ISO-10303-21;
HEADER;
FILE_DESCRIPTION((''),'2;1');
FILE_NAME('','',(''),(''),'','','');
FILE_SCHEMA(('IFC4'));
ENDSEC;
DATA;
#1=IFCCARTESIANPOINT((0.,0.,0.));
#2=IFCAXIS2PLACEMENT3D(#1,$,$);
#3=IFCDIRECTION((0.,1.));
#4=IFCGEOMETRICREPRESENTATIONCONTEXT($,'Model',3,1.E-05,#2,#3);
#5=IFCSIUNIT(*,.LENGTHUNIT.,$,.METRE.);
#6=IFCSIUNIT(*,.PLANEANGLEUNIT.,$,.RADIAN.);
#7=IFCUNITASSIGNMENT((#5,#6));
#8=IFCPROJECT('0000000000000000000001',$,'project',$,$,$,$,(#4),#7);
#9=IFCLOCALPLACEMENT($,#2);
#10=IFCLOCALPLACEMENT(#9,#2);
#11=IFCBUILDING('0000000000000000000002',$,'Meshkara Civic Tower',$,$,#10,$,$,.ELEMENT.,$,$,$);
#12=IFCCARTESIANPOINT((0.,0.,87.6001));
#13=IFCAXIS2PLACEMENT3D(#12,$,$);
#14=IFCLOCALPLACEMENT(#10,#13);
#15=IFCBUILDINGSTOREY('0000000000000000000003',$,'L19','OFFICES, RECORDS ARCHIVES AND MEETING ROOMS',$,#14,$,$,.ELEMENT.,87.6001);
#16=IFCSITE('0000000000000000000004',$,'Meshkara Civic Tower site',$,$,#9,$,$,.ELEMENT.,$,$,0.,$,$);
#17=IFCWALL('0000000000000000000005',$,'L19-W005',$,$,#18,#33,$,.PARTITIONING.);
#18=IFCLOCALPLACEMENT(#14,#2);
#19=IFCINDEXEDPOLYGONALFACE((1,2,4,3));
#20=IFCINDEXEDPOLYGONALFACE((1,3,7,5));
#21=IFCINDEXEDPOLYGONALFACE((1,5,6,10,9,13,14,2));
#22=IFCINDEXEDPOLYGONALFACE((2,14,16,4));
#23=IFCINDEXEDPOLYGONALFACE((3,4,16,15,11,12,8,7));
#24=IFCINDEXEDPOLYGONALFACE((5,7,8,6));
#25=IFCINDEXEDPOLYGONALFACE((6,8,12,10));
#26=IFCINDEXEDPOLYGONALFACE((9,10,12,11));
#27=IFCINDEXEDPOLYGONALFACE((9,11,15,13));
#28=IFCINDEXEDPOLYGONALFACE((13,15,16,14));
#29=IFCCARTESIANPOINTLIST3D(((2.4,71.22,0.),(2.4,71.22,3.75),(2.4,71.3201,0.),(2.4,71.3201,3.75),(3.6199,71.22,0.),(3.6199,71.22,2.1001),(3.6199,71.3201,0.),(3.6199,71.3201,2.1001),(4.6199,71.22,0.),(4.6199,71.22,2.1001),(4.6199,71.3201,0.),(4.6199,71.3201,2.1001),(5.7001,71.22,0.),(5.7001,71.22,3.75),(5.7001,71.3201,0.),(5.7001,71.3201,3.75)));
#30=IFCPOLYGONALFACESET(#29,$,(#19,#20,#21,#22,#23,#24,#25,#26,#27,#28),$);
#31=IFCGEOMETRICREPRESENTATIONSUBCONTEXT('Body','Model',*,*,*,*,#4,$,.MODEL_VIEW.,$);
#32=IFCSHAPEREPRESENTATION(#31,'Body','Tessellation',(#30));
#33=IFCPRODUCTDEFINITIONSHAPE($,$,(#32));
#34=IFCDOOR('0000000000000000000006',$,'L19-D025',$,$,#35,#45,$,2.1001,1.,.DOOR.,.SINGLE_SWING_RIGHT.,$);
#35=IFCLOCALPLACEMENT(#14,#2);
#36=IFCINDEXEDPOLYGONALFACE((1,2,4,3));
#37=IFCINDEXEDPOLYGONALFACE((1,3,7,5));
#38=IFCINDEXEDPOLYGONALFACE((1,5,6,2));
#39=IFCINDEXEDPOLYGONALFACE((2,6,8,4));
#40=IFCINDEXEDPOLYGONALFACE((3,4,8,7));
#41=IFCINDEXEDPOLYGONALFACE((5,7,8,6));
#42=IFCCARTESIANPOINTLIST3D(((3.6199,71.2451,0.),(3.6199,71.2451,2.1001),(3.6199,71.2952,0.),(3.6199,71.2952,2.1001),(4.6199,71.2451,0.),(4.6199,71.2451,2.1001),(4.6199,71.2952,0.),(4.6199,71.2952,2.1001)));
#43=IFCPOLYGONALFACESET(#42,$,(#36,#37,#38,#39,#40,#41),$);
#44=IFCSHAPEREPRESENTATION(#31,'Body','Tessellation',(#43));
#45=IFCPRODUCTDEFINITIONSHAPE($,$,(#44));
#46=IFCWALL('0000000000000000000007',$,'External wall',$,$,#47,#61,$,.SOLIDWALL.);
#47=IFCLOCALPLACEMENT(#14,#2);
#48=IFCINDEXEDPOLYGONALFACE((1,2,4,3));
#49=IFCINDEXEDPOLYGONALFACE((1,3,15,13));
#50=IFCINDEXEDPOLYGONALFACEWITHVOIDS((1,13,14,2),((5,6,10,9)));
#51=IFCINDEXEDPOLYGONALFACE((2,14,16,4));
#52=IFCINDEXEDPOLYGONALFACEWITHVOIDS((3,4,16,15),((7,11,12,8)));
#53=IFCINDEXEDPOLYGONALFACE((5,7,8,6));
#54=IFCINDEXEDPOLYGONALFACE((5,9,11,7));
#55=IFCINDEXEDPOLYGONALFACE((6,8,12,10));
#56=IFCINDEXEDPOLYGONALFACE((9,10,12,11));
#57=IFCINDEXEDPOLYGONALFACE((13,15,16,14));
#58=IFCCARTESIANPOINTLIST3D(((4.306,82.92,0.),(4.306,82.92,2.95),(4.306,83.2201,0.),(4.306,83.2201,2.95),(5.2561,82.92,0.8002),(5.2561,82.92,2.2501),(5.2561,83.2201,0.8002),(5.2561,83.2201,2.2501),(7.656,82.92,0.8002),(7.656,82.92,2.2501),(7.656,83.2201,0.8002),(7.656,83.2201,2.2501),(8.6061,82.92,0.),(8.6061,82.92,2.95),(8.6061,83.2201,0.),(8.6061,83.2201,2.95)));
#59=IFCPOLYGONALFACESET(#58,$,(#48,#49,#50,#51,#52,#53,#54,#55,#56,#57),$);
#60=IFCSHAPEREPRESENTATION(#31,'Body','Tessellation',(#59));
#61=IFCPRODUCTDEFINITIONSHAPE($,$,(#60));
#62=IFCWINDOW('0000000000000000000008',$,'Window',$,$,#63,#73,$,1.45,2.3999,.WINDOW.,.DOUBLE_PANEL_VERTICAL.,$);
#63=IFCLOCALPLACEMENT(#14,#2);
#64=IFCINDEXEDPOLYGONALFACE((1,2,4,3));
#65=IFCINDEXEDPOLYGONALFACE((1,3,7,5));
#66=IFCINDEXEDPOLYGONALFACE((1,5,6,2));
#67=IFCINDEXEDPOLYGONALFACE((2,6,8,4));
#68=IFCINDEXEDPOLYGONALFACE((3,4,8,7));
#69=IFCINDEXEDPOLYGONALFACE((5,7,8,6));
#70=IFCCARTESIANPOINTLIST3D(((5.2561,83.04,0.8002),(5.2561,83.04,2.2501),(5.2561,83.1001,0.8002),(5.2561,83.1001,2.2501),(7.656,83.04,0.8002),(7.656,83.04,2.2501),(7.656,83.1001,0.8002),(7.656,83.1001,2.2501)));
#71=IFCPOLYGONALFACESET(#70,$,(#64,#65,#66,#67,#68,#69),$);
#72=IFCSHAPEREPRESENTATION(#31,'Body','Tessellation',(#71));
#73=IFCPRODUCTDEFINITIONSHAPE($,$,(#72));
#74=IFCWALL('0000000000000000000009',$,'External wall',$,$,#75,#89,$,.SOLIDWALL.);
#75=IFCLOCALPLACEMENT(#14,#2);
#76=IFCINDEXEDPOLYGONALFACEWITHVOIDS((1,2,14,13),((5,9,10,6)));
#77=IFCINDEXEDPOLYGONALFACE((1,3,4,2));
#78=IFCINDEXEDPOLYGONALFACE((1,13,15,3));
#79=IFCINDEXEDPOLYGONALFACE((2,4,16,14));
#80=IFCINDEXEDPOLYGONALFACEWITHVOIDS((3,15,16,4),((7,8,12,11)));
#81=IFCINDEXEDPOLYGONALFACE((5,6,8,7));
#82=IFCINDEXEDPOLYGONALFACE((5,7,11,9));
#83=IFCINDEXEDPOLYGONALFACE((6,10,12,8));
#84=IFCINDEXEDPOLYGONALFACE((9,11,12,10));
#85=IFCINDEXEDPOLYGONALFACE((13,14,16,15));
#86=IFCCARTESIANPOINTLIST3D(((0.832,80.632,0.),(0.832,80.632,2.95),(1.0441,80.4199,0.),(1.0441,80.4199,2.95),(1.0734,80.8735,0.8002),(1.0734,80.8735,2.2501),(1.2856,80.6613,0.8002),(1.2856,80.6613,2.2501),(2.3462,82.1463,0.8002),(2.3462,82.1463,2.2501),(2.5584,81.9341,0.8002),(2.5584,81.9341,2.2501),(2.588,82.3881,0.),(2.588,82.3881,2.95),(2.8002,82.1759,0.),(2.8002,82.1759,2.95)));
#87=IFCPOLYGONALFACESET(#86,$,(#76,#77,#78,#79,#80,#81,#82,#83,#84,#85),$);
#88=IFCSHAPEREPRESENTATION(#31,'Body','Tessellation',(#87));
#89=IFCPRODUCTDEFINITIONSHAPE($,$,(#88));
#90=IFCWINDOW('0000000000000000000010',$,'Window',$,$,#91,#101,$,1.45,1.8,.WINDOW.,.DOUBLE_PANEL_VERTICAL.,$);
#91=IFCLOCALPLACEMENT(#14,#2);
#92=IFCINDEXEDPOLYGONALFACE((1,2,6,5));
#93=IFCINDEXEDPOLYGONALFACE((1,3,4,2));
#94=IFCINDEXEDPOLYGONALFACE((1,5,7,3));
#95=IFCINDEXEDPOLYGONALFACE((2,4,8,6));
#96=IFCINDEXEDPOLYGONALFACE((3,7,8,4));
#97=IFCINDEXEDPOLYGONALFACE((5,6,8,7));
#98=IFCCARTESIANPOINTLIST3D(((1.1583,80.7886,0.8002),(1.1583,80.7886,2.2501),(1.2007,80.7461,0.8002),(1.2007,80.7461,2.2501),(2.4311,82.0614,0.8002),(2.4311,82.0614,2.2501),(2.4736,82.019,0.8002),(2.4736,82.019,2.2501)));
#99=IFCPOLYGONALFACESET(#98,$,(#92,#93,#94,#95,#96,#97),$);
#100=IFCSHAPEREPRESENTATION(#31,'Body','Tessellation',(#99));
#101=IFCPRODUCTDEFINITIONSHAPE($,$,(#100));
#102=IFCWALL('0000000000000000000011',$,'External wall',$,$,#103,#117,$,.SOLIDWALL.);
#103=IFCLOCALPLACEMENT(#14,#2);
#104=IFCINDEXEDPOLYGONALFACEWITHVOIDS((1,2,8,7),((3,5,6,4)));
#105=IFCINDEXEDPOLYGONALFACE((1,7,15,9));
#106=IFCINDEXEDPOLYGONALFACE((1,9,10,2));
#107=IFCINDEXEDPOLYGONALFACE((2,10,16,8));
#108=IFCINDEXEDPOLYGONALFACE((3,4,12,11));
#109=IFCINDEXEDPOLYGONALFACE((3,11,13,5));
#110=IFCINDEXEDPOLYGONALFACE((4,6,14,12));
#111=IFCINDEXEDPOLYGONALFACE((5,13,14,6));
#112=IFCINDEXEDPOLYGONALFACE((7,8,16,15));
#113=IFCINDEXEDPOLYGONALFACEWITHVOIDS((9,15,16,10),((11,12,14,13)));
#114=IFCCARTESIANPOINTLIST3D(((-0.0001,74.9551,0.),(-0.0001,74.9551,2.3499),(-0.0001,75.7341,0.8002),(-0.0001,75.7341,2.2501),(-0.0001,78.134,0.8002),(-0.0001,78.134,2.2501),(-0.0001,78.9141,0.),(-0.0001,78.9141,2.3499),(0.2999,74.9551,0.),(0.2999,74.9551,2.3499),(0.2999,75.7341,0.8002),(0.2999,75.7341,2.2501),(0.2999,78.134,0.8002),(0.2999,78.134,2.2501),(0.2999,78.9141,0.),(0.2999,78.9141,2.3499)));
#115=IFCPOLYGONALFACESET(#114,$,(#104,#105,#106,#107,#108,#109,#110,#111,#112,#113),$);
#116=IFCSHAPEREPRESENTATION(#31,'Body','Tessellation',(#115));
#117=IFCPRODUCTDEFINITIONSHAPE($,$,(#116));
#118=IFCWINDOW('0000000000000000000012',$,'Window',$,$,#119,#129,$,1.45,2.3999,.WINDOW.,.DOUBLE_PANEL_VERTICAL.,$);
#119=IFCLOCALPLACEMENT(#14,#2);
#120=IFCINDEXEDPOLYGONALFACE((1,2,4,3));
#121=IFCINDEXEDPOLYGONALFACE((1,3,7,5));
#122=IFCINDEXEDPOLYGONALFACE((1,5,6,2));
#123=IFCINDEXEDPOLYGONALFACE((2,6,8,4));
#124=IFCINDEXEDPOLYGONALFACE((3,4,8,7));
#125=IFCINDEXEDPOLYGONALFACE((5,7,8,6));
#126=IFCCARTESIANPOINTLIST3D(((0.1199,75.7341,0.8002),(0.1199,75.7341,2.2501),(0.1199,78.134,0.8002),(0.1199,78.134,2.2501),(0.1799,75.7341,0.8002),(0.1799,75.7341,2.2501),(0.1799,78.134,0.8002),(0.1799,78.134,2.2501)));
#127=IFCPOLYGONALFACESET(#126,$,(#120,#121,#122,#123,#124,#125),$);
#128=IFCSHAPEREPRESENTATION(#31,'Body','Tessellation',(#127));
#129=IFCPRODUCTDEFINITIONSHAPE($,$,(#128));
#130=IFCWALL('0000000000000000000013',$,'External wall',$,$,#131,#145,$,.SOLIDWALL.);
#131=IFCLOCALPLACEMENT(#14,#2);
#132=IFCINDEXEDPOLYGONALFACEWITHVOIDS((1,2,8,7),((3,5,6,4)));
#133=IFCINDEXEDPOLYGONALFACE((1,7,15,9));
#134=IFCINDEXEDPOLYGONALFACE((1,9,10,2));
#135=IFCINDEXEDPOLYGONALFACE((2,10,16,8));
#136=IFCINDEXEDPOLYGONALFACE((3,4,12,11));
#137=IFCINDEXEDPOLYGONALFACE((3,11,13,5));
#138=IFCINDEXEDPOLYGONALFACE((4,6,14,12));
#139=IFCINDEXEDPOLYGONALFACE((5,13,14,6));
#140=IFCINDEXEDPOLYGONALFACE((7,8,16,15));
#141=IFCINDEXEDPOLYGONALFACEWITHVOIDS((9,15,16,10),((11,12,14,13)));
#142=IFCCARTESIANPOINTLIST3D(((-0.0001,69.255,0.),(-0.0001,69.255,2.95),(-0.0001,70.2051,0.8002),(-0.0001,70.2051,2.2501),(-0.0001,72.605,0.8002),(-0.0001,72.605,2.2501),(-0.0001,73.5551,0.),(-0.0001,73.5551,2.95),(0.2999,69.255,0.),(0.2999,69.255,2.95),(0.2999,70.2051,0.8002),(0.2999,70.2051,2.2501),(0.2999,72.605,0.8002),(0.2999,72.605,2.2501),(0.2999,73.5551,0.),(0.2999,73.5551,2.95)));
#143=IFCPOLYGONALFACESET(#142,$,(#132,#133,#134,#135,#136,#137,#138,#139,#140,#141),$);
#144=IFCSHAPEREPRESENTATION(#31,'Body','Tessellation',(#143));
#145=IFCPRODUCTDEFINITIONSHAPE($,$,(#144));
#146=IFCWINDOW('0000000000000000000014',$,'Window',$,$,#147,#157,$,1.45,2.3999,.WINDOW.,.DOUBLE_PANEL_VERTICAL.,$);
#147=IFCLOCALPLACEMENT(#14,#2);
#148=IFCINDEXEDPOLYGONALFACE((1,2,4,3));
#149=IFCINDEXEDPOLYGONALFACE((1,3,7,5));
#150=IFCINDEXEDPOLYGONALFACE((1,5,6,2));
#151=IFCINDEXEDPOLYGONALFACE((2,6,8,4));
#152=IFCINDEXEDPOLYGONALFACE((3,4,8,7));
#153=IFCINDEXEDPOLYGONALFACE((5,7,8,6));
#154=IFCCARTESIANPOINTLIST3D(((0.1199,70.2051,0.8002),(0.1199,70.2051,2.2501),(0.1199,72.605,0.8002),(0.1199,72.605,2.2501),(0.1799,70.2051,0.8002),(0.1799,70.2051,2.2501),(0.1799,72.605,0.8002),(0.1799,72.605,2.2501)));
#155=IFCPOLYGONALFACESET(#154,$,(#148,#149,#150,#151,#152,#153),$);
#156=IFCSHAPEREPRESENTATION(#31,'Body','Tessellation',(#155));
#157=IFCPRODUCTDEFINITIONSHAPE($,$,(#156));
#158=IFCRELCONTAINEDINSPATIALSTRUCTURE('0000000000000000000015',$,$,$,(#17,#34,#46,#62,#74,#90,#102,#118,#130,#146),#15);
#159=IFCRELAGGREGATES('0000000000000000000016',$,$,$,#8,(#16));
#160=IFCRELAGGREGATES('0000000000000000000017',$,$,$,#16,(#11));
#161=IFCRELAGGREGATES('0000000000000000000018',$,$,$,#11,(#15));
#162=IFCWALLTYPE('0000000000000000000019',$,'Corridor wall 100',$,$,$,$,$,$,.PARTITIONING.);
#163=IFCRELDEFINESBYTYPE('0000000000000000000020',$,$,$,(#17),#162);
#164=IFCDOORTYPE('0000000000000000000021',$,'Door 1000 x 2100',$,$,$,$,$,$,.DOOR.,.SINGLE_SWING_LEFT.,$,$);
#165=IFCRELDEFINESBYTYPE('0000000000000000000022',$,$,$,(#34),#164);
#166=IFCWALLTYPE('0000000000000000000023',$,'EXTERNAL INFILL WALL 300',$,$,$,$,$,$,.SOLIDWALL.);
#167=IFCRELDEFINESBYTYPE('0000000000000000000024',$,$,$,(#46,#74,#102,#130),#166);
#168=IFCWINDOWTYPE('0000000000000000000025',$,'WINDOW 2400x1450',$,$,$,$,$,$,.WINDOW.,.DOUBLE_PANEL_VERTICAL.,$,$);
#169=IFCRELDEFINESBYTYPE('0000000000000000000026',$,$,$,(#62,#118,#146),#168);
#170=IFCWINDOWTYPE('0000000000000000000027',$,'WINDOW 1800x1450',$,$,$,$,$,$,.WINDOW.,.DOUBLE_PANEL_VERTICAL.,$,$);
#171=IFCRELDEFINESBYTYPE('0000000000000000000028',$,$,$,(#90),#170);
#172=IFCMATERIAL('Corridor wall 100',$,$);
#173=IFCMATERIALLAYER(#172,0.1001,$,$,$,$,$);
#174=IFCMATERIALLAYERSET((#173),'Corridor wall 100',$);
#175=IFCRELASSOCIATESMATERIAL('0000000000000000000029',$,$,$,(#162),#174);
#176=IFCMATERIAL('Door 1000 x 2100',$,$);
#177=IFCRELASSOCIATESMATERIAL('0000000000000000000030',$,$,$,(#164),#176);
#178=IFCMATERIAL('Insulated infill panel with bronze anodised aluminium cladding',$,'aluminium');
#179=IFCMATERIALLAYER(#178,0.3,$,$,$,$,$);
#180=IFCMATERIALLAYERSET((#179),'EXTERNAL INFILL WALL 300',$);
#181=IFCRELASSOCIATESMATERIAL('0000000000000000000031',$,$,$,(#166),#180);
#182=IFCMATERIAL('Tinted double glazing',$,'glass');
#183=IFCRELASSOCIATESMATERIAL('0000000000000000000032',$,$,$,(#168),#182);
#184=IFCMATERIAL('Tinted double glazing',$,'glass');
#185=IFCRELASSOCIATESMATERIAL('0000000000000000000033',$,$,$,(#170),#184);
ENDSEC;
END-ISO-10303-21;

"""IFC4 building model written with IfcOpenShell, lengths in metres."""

from ifc_helpers import new_model, si_unit, direction, frame, frame_2d, origin, place, context, subcontext, project, spatial, rectangle, extrude, material, layer, layer_set, type_object, element, fill, save


model = new_model("IFC4")

# Units and contexts
model_context = context("Model", 3, precision=1e-05, world=origin(), true_north=direction((0.0, 1.0)))
body_context = subcontext(model_context, "Body", "Model", "MODEL_VIEW")
ifc_project = project(units=[si_unit("LENGTHUNIT", "METRE"), si_unit("PLANEANGLEUNIT", "RADIAN")], contexts=[model_context])

# Site, building, storey
site_placement = place(None, origin())
site = spatial("IfcSite", under=ifc_project, at=site_placement, Name="Meshkara Civic Tower site", CompositionType="ELEMENT", RefElevation=0.0)
building_placement = place(site_placement, origin())
building = spatial("IfcBuilding", under=site, at=building_placement, Name="Meshkara Civic Tower", CompositionType="ELEMENT")
storey_placement = place(building_placement, frame((0.0, 0.0, 87.6001)))
storey = spatial("IfcBuildingStorey", under=building, at=storey_placement, Name="L19", Description="OFFICES, RECORDS ARCHIVES AND MEETING ROOMS", CompositionType="ELEMENT", Elevation=87.6001)

# Shared definitions
ifc_material_1 = material(Name="Corridor wall 100")
ifc_layer_1 = layer(ifc_material_1, 0.1001)
ifc_layer_set_1 = layer_set([ifc_layer_1], Name="Corridor wall 100")
wall_type_1 = type_object("IfcWallType", Name="Corridor wall 100", PredefinedType="PARTITIONING", material=ifc_layer_set_1)

# Wall, opening, door
wall_1_placement = place(storey_placement, frame((5.7, 71.27, 0.0), z_axis=(0.0, 0.0, 1.0), x_axis=(-1.0, 0.0, 0.0)))
wall_1 = element("IfcWall", 1, at=wall_1_placement, inside=storey, type_object=wall_type_1, Name="L19-W005", PredefinedType="PARTITIONING", context=body_context, shape_type="SweptSolid", body=[
    extrude(rectangle(XDim=3.3, YDim=0.1001, at=frame_2d((1.6499, 0.0))), origin(), (0.0, 0.0, 1.0), 3.75),
])
opening_1_placement = place(wall_1_placement, frame((1.0801, 0.0, 0.0)))
opening_1 = element("IfcOpeningElement", 2, at=opening_1_placement, cuts=wall_1, PredefinedType="OPENING", context=body_context, shape_type="SweptSolid", body=[
    extrude(rectangle(XDim=1.0, YDim=2.1001, at=frame_2d((0.5, 1.05))), frame((0.0, 0.0601, 0.0), z_axis=(0.0, -1.0, 0.0), x_axis=(1.0, 0.0, 0.0)), (0.0, 0.0, 1.0), 0.1201),
])
ifc_material_2 = material(Name="Door 1000 x 2100")
door_type_1 = type_object("IfcDoorType", Name="Door 1000 x 2100", OperationType="SINGLE_SWING_LEFT", PredefinedType="DOOR", material=ifc_material_2)
door_1_placement = place(opening_1_placement, origin())
door_1 = element("IfcDoor", 3, at=door_1_placement, inside=storey, type_object=door_type_1, Name="L19-D025", OperationType="SINGLE_SWING_RIGHT", OverallHeight=2.1001, OverallWidth=1.0, PredefinedType="DOOR", context=body_context, shape_type="SweptSolid", body=[
    extrude(rectangle(XDim=1.0, YDim=2.1001, at=frame_2d((0.5, 1.05))), frame((0.0, 0.0249, 0.0), z_axis=(0.0, -1.0, 0.0), x_axis=(1.0, 0.0, 0.0)), (0.0, 0.0, 1.0), 0.05),
])
fill(opening_1, door_1)

# Walls, openings, windows
ifc_material_3 = material(Name="Insulated infill panel with bronze anodised aluminium cladding", Category="aluminium")
ifc_layer_2 = layer(ifc_material_3, 0.3)
ifc_layer_set_2 = layer_set([ifc_layer_2], Name="EXTERNAL INFILL WALL 300")
wall_type_2 = type_object("IfcWallType", Name="EXTERNAL INFILL WALL 300", PredefinedType="SOLIDWALL", material=ifc_layer_set_2)
wall_2_placement = place(storey_placement, frame((8.606, 83.0701, 0.0), z_axis=(0.0, 0.0, 1.0), x_axis=(-1.0, 0.0, 0.0)))
wall_2 = element("IfcWall", 4, at=wall_2_placement, inside=storey, type_object=wall_type_2, Name="External wall", PredefinedType="SOLIDWALL", context=body_context, shape_type="SweptSolid", body=[
    extrude(rectangle(XDim=4.3, YDim=0.3, at=frame_2d((2.1499, 0.0))), origin(), (0.0, 0.0, 1.0), 2.95),
])
opening_2_placement = place(wall_2_placement, frame((0.95, 0.0, 0.8)))
opening_2 = element("IfcOpeningElement", 5, at=opening_2_placement, cuts=wall_2, PredefinedType="OPENING", context=body_context, shape_type="SweptSolid", body=[
    extrude(rectangle(XDim=2.3999, YDim=1.45, at=frame_2d((1.2, 0.7251))), frame((0.0, 0.1599, 0.0), z_axis=(0.0, -1.0, 0.0), x_axis=(1.0, 0.0, 0.0)), (0.0, 0.0, 1.0), 0.3201),
])
ifc_material_4 = material(Name="Tinted double glazing", Category="glass")
window_type_1 = type_object("IfcWindowType", Name="WINDOW 2400x1450", PartitioningType="DOUBLE_PANEL_VERTICAL", PredefinedType="WINDOW", material=ifc_material_4)
window_1_placement = place(opening_2_placement, origin())
window_1 = element("IfcWindow", 6, at=window_1_placement, inside=storey, type_object=window_type_1, Name="Window", OverallHeight=1.45, OverallWidth=2.3999, PartitioningType="DOUBLE_PANEL_VERTICAL", PredefinedType="WINDOW", context=body_context, shape_type="SweptSolid", body=[
    extrude(rectangle(XDim=2.3999, YDim=1.45, at=frame_2d((1.2, 0.7251))), frame((0.0, 0.03, 0.0), z_axis=(0.0, -1.0, 0.0), x_axis=(1.0, 0.0, 0.0)), (0.0, 0.0, 1.0), 0.0601),
])
fill(opening_2, window_1)
wall_3_placement = place(storey_placement, frame((2.6941, 82.282, 0.0), z_axis=(0.0, 0.0, 1.0), x_axis=(-0.707107, -0.707107, 0.0)))
wall_3 = element("IfcWall", 7, at=wall_3_placement, inside=storey, type_object=wall_type_2, Name="External wall", PredefinedType="SOLIDWALL", context=body_context, shape_type="SweptSolid", body=[
    extrude(rectangle(XDim=2.4834, YDim=0.3, at=frame_2d((1.2417, 0.0))), origin(), (0.0, 0.0, 1.0), 2.95),
])
opening_3_placement = place(wall_3_placement, frame((0.342, 0.0, 0.8)))
opening_3 = element("IfcOpeningElement", 8, at=opening_3_placement, cuts=wall_3, PredefinedType="OPENING", context=body_context, shape_type="SweptSolid", body=[
    extrude(rectangle(XDim=1.8, YDim=1.45, at=frame_2d((0.8999, 0.7251))), frame((0.0, 0.1599, 0.0), z_axis=(0.0, -1.0, 0.0), x_axis=(1.0, 0.0, 0.0)), (0.0, 0.0, 1.0), 0.3201),
])
ifc_material_5 = material(Name="Tinted double glazing", Category="glass")
window_type_2 = type_object("IfcWindowType", Name="WINDOW 1800x1450", PartitioningType="DOUBLE_PANEL_VERTICAL", PredefinedType="WINDOW", material=ifc_material_5)
window_2_placement = place(opening_3_placement, origin())
window_2 = element("IfcWindow", 9, at=window_2_placement, inside=storey, type_object=window_type_2, Name="Window", OverallHeight=1.45, OverallWidth=1.8, PartitioningType="DOUBLE_PANEL_VERTICAL", PredefinedType="WINDOW", context=body_context, shape_type="SweptSolid", body=[
    extrude(rectangle(XDim=1.8, YDim=1.45, at=frame_2d((0.8999, 0.7251))), frame((0.0, 0.03, 0.0), z_axis=(0.0, -1.0, 0.0), x_axis=(1.0, 0.0, 0.0)), (0.0, 0.0, 1.0), 0.0601),
])
fill(opening_3, window_2)
wall_4_placement = place(storey_placement, frame((0.1499, 78.9141, 0.0), z_axis=(0.0, 0.0, 1.0), x_axis=(0.0, -1.0, 0.0)))
wall_4 = element("IfcWall", 10, at=wall_4_placement, inside=storey, type_object=wall_type_2, Name="External wall", PredefinedType="SOLIDWALL", context=body_context, shape_type="SweptSolid", body=[
    extrude(rectangle(XDim=3.959, YDim=0.3, at=frame_2d((1.9795, 0.0))), origin(), (0.0, 0.0, 1.0), 2.3499),
])
opening_4_placement = place(wall_4_placement, frame((0.78, 0.0, 0.8)))
opening_4 = element("IfcOpeningElement", 11, at=opening_4_placement, cuts=wall_4, PredefinedType="OPENING", context=body_context, shape_type="SweptSolid", body=[
    extrude(rectangle(XDim=2.3999, YDim=1.45, at=frame_2d((1.2, 0.7251))), frame((0.0, 0.1599, 0.0), z_axis=(0.0, -1.0, 0.0), x_axis=(1.0, 0.0, 0.0)), (0.0, 0.0, 1.0), 0.3201),
])
window_3_placement = place(opening_4_placement, origin())
window_3 = element("IfcWindow", 12, at=window_3_placement, inside=storey, type_object=window_type_1, Name="Window", OverallHeight=1.45, OverallWidth=2.3999, PartitioningType="DOUBLE_PANEL_VERTICAL", PredefinedType="WINDOW", context=body_context, shape_type="SweptSolid", body=[
    extrude(rectangle(XDim=2.3999, YDim=1.45, at=frame_2d((1.2, 0.7251))), frame((0.0, 0.03, 0.0), z_axis=(0.0, -1.0, 0.0), x_axis=(1.0, 0.0, 0.0)), (0.0, 0.0, 1.0), 0.0601),
])
fill(opening_4, window_3)
wall_5_placement = place(storey_placement, frame((0.1499, 73.5549, 0.0), z_axis=(0.0, 0.0, 1.0), x_axis=(0.0, -1.0, 0.0)))
wall_5 = element("IfcWall", 13, at=wall_5_placement, inside=storey, type_object=wall_type_2, Name="External wall", PredefinedType="SOLIDWALL", context=body_context, shape_type="SweptSolid", body=[
    extrude(rectangle(XDim=4.3, YDim=0.3, at=frame_2d((2.1499, 0.0))), origin(), (0.0, 0.0, 1.0), 2.95),
])
opening_5_placement = place(wall_5_placement, frame((0.95, 0.0, 0.8)))
opening_5 = element("IfcOpeningElement", 14, at=opening_5_placement, cuts=wall_5, PredefinedType="OPENING", context=body_context, shape_type="SweptSolid", body=[
    extrude(rectangle(XDim=2.3999, YDim=1.45, at=frame_2d((1.2, 0.7251))), frame((0.0, 0.1599, 0.0), z_axis=(0.0, -1.0, 0.0), x_axis=(1.0, 0.0, 0.0)), (0.0, 0.0, 1.0), 0.3201),
])
window_4_placement = place(opening_5_placement, origin())
window_4 = element("IfcWindow", 15, at=window_4_placement, inside=storey, type_object=window_type_1, Name="Window", OverallHeight=1.45, OverallWidth=2.3999, PartitioningType="DOUBLE_PANEL_VERTICAL", PredefinedType="WINDOW", context=body_context, shape_type="SweptSolid", body=[
    extrude(rectangle(XDim=2.3999, YDim=1.45, at=frame_2d((1.2, 0.7251))), frame((0.0, 0.03, 0.0), z_axis=(0.0, -1.0, 0.0), x_axis=(1.0, 0.0, 0.0)), (0.0, 0.0, 1.0), 0.0601),
])
fill(opening_5, window_4)

save(model, "model.ifc")
